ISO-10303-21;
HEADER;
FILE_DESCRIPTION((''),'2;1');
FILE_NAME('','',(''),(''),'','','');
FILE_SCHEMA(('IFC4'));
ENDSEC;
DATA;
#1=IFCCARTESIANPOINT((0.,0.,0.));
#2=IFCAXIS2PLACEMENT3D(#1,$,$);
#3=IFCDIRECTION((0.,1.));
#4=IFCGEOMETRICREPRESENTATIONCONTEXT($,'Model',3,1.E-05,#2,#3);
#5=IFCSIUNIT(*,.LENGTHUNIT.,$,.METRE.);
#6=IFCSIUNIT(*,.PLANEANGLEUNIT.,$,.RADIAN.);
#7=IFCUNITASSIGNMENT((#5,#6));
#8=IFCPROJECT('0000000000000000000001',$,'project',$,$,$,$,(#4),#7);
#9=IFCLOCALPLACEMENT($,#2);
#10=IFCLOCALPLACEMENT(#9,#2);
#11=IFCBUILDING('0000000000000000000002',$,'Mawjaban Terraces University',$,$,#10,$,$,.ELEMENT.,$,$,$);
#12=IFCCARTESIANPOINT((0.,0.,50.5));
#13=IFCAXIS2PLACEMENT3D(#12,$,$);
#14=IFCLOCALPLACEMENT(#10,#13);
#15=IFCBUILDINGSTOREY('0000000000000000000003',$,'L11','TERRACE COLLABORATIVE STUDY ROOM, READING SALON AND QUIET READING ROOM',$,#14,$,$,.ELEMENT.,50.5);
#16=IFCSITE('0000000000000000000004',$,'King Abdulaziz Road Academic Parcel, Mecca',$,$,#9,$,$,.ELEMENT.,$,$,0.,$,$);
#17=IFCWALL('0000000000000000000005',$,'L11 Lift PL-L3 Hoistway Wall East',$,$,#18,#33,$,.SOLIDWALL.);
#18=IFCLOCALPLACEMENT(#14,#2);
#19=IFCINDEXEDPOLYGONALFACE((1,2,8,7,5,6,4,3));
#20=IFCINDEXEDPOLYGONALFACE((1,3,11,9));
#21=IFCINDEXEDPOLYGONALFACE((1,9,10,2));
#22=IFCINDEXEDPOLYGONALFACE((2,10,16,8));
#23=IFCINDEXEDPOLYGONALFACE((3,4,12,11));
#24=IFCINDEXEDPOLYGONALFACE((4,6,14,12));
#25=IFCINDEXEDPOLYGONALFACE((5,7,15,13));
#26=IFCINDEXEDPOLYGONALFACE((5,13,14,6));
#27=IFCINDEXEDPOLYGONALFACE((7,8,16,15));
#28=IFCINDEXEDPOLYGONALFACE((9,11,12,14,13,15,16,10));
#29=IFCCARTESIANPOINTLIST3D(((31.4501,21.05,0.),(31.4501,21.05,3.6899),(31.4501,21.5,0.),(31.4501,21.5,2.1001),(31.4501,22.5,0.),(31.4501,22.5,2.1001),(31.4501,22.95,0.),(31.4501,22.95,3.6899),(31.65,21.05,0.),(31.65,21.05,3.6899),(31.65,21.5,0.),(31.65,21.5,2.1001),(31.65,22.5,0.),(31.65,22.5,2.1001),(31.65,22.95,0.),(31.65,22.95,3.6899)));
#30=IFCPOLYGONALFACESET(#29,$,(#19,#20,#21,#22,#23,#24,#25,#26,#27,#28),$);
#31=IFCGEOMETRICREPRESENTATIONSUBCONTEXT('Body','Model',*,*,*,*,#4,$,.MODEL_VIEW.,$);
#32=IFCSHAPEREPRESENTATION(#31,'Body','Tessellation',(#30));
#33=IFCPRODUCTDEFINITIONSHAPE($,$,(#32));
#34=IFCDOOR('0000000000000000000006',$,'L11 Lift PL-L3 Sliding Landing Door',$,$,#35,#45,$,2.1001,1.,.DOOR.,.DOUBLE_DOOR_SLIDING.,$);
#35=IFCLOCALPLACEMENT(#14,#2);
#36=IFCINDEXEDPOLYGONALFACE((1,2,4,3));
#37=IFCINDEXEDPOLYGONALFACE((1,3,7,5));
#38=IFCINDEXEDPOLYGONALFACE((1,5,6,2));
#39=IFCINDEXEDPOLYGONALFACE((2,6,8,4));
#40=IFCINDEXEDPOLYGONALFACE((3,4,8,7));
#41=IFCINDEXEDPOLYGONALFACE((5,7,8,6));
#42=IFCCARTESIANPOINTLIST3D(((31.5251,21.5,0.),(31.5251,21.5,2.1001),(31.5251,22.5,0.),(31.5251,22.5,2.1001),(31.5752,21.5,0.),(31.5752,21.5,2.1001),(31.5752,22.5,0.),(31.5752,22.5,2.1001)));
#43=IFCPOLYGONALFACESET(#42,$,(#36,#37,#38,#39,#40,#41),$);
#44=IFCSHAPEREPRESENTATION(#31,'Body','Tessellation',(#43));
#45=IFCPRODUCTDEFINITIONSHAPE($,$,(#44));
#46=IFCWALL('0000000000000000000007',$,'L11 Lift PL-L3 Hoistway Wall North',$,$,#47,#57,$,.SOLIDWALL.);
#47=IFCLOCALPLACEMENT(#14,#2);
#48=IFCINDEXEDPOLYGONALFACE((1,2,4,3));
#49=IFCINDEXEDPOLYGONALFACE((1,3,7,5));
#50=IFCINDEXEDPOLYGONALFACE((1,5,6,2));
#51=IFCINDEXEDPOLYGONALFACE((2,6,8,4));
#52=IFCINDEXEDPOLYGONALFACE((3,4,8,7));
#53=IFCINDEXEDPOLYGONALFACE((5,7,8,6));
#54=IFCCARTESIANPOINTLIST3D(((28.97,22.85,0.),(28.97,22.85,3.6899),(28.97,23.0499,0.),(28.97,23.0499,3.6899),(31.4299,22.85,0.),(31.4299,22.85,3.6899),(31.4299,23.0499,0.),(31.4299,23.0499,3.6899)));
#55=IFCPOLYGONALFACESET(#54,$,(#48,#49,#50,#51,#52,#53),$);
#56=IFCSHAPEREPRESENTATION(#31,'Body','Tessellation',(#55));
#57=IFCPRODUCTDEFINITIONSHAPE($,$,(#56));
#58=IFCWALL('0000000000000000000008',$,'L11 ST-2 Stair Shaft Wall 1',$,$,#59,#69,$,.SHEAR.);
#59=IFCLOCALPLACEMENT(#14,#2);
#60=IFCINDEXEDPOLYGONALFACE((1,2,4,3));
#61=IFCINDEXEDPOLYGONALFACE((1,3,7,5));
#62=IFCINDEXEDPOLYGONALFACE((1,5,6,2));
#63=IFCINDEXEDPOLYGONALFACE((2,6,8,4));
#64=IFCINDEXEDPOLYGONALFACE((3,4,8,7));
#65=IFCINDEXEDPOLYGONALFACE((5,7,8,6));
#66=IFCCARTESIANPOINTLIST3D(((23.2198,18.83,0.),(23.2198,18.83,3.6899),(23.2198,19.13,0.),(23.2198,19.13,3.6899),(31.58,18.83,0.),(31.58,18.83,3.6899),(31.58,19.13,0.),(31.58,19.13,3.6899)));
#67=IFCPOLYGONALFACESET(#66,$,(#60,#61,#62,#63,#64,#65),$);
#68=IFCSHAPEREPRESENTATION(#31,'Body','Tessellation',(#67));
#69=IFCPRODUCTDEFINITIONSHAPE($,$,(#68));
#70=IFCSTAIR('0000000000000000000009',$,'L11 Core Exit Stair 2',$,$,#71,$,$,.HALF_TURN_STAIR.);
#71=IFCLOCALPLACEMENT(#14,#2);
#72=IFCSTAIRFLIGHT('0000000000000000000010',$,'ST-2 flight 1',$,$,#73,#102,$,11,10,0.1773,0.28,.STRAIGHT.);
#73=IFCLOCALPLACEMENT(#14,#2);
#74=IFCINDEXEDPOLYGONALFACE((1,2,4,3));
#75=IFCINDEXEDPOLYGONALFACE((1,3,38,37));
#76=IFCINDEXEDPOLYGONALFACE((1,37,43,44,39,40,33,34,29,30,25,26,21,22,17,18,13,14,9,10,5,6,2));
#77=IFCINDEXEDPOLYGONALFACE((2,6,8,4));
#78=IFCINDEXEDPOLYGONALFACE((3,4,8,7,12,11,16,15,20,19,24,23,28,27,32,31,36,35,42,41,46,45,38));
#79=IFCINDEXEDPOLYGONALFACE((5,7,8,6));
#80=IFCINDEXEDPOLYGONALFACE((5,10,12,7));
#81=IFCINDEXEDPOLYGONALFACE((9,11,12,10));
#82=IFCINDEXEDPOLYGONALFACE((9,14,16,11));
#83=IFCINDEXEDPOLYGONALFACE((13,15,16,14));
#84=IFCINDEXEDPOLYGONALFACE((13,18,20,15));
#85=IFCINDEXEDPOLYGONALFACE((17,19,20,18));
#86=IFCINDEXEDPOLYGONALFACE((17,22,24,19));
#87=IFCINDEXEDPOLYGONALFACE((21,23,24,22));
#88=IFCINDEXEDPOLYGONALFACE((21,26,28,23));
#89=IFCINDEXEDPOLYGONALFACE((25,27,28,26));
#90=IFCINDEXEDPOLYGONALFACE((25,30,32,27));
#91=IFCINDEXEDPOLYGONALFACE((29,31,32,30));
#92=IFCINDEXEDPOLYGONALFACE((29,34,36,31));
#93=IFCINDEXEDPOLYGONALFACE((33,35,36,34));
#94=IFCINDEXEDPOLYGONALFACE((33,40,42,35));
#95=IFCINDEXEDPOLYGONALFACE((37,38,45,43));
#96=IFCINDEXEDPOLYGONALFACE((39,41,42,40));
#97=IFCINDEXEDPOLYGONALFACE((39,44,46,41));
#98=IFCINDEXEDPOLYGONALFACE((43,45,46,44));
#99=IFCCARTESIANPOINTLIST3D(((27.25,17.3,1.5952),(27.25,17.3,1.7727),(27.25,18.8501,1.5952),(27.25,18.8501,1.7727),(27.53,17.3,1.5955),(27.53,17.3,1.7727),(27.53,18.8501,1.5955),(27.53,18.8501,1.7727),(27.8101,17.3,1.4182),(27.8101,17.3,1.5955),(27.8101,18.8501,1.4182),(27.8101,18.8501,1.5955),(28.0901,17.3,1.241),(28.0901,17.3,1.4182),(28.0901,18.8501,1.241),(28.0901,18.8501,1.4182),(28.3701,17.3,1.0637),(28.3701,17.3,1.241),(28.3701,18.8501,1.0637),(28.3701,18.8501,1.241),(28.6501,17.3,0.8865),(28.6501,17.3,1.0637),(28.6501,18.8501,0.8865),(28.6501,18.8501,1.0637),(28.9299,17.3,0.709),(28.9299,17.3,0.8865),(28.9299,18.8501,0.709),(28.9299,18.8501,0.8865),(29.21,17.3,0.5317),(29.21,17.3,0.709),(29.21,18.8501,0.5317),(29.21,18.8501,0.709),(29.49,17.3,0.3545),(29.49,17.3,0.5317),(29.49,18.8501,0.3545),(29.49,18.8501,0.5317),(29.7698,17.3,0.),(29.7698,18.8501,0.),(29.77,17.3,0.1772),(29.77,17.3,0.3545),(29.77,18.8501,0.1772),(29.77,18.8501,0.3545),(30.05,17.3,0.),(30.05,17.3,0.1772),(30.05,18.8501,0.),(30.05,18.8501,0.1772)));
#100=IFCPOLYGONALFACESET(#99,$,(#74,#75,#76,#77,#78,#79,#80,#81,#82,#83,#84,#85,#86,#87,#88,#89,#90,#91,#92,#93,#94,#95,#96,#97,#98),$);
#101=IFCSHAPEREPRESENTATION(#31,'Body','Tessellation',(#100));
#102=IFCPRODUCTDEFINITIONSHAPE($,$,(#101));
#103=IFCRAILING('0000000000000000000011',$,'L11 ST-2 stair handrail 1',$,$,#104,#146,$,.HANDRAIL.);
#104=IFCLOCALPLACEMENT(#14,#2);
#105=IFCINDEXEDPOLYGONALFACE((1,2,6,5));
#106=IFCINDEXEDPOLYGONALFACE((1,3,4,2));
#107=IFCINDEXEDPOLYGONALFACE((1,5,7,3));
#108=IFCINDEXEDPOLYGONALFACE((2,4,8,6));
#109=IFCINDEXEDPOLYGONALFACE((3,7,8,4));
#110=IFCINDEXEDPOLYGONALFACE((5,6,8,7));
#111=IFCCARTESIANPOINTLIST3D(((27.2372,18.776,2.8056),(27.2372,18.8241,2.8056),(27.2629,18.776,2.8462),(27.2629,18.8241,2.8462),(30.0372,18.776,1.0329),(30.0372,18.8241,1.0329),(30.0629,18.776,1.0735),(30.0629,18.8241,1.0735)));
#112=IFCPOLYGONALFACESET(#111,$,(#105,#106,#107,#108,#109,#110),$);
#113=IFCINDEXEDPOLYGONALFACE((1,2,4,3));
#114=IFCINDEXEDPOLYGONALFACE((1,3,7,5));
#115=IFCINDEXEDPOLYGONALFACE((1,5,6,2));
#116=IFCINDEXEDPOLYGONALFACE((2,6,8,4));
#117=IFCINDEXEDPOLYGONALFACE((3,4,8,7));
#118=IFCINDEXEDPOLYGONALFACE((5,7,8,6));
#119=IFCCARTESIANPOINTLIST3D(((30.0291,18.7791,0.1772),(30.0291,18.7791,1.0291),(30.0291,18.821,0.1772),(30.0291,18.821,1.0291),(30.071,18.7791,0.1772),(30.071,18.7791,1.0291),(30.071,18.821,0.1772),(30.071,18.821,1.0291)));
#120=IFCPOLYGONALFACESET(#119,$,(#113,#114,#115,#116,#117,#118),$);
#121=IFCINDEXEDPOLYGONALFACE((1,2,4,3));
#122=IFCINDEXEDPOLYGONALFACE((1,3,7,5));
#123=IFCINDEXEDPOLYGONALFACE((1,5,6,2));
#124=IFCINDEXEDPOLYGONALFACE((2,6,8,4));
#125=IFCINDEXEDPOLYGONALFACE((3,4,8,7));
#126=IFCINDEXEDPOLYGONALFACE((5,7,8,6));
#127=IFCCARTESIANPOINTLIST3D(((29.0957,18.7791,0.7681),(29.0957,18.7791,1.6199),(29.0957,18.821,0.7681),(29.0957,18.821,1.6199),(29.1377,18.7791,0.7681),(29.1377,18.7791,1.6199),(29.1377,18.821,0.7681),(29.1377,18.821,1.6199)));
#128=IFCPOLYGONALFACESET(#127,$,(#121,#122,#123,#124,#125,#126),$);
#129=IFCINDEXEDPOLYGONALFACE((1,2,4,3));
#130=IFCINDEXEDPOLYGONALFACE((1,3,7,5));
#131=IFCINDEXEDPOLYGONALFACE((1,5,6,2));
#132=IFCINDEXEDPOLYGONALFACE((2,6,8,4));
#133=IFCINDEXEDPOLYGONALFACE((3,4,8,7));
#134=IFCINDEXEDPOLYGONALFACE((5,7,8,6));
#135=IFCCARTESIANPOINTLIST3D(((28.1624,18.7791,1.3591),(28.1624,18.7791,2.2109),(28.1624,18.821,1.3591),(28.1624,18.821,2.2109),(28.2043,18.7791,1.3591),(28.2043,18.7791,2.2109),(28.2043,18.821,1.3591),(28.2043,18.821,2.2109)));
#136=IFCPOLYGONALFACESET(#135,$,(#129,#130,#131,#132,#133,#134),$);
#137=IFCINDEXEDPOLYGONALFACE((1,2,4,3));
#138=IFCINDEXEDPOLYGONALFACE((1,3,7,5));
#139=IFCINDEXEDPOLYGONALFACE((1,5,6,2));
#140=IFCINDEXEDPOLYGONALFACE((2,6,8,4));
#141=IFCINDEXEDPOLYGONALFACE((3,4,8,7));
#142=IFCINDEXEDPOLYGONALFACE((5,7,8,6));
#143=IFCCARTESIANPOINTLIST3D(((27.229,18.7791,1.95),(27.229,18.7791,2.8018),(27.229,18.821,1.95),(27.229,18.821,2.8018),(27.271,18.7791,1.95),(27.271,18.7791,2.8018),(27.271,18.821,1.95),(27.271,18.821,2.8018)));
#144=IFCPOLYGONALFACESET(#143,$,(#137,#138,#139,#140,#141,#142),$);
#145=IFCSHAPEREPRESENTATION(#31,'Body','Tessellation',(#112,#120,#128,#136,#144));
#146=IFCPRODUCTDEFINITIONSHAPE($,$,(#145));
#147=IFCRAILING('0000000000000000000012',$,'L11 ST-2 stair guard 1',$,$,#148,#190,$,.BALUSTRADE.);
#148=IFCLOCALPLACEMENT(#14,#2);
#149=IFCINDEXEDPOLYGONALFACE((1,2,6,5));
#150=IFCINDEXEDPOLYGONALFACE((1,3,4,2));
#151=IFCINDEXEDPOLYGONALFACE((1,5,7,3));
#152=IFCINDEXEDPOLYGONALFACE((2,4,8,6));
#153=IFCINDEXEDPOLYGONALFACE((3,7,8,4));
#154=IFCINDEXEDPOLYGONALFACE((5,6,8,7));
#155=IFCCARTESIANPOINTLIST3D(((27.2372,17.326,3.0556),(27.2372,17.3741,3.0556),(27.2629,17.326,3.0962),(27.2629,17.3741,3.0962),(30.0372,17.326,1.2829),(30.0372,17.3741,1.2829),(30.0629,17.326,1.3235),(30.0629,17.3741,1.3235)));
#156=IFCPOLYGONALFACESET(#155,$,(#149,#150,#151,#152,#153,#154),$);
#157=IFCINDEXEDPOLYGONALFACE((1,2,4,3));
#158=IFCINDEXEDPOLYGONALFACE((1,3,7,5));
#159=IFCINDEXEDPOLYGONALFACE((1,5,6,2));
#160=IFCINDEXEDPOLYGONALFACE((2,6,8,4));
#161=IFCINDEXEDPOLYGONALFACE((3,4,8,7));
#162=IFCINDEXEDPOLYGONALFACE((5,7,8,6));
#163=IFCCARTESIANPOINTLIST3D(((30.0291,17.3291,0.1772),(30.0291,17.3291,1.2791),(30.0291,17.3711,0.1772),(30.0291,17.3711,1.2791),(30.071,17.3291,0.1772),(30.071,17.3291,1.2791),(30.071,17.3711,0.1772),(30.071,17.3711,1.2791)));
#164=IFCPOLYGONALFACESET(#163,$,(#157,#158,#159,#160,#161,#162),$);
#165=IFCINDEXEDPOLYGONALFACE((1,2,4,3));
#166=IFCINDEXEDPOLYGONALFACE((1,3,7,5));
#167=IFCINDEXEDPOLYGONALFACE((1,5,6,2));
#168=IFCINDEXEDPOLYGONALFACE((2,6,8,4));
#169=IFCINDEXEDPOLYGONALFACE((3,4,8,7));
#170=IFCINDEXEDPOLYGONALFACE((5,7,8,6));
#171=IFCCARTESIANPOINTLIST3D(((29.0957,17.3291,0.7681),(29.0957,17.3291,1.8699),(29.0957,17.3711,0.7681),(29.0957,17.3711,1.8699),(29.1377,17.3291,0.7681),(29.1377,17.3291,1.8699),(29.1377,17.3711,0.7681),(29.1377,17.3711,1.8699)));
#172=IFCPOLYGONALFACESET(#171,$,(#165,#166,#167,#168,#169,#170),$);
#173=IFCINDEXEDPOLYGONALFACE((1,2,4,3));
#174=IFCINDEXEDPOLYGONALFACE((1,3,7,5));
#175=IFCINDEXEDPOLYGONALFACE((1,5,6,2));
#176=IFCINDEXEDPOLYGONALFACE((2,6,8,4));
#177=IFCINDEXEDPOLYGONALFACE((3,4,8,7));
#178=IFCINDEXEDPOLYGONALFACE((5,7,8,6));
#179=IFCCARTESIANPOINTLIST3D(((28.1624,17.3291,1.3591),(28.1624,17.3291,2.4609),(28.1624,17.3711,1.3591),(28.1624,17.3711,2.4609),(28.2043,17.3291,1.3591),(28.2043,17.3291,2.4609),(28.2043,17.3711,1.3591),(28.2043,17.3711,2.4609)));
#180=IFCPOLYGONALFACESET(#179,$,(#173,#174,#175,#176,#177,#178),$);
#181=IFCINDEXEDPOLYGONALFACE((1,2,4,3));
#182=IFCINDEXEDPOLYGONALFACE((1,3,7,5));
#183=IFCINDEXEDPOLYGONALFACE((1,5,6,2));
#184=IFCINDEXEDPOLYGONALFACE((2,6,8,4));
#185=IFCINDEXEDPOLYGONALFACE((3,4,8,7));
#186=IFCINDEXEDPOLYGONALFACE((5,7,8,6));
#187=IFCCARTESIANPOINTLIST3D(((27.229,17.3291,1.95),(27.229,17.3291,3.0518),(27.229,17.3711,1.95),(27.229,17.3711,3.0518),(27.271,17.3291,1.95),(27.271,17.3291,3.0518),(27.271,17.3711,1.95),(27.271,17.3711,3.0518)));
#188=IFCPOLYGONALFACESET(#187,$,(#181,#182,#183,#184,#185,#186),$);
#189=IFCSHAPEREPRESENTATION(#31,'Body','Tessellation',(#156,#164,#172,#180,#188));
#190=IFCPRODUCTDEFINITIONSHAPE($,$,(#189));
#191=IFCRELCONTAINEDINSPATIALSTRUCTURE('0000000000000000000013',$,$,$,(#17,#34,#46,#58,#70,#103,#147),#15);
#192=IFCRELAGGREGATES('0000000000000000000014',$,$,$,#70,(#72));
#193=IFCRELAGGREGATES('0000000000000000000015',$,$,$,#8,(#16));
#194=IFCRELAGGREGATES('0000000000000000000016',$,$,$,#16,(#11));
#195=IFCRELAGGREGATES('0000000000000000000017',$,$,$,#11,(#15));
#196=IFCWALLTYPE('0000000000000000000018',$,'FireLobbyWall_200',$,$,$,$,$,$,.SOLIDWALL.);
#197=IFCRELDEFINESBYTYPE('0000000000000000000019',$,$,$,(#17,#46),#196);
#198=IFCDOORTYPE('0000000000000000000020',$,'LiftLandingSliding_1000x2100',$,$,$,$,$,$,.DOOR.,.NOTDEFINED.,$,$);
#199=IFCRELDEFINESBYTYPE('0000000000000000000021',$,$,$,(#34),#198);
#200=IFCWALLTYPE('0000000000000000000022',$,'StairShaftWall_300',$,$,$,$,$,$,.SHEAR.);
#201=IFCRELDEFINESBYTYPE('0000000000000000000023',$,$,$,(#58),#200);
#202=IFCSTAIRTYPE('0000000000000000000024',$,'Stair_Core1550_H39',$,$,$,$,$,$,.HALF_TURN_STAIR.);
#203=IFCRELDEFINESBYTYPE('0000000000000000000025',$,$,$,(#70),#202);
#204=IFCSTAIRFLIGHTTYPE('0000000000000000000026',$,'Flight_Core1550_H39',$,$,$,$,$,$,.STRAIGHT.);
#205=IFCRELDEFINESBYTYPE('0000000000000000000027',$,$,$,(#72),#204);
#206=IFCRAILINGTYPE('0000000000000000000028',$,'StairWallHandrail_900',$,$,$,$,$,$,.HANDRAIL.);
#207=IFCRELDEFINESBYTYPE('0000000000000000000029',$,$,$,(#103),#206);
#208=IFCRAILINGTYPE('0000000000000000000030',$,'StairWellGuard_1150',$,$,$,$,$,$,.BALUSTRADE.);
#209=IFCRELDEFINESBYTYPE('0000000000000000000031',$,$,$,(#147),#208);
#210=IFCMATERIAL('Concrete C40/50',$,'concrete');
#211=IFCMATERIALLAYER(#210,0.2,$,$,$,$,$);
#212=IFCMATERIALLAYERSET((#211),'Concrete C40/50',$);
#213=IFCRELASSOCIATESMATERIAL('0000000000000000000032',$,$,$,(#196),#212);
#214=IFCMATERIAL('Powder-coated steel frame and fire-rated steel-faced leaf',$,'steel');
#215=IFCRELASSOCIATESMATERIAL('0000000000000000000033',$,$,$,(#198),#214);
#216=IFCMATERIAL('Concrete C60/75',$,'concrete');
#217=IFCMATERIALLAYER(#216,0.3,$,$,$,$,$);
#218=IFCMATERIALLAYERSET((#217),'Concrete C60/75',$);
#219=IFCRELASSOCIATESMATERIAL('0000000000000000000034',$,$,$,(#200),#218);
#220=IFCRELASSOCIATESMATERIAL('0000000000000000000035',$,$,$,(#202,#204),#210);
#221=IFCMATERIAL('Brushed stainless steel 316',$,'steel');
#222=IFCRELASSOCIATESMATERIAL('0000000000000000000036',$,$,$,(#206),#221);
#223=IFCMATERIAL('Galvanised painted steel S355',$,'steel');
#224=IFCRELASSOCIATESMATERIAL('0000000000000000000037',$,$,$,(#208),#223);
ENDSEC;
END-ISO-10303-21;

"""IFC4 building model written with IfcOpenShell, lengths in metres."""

from ifc_helpers import new_model, si_unit, direction, frame, frame_2d, origin, origin_2d, place, context, subcontext, project, spatial, polyline, rectangle, outline, extrude, material, layer, layer_set, type_object, element, fill, aggregate, save


model = new_model("IFC4")

# Units and contexts
model_context = context("Model", 3, precision=1e-05, world=origin(), true_north=direction((0.0, 1.0)))
body_context = subcontext(model_context, "Body", "Model", "MODEL_VIEW")
ifc_project = project(units=[si_unit("LENGTHUNIT", "METRE"), si_unit("PLANEANGLEUNIT", "RADIAN")], contexts=[model_context])

# Site, building, storey
site_placement = place(None, origin())
site = spatial("IfcSite", under=ifc_project, at=site_placement, Name="King Abdulaziz Road Academic Parcel, Mecca", CompositionType="ELEMENT", RefElevation=0.0)
building_placement = place(site_placement, origin())
building = spatial("IfcBuilding", under=site, at=building_placement, Name="Mawjaban Terraces University", CompositionType="ELEMENT")
storey_placement = place(building_placement, frame((0.0, 0.0, 50.5)))
storey = spatial("IfcBuildingStorey", under=building, at=storey_placement, Name="L11", Description="TERRACE COLLABORATIVE STUDY ROOM, READING SALON AND QUIET READING ROOM", CompositionType="ELEMENT", Elevation=50.5)

# Shared definitions
ifc_material_1 = material(Name="Concrete C40/50", Category="concrete")
ifc_layer_1 = layer(ifc_material_1, 0.2)
ifc_layer_set_1 = layer_set([ifc_layer_1], Name="Concrete C40/50")
wall_type_1 = type_object("IfcWallType", Name="FireLobbyWall_200", PredefinedType="SOLIDWALL", material=ifc_layer_set_1)

# Shared definitions
ifc_material_2 = material(Name="Powder-coated steel frame and fire-rated steel-faced leaf", Category="steel")
door_type_1 = type_object("IfcDoorType", Name="LiftLandingSliding_1000x2100", OperationType="NOTDEFINED", PredefinedType="DOOR", material=ifc_material_2)

# Wall, opening, door
wall_1_placement = place(storey_placement, frame((31.55, 21.05, 0.0), z_axis=(0.0, 0.0, 1.0), x_axis=(0.0, 1.0, 0.0)))
wall_1 = element("IfcWall", 1, at=wall_1_placement, inside=storey, type_object=wall_type_1, Name="L11 Lift PL-L3 Hoistway Wall East", PredefinedType="SOLIDWALL", context=body_context, shape_type="SweptSolid", body=[
    extrude(rectangle(XDim=1.8999, YDim=0.2, at=frame_2d((0.95, 0.0))), origin(), (0.0, 0.0, 1.0), 3.6899),
])
opening_1_placement = place(wall_1_placement, frame((0.45, 0.0, 0.0)))
opening_1 = element("IfcOpeningElement", 2, at=opening_1_placement, cuts=wall_1, PredefinedType="OPENING", context=body_context, shape_type="SweptSolid", body=[
    extrude(rectangle(XDim=1.0, YDim=2.1001, at=frame_2d((0.5, 1.05))), frame((0.0, 0.1099, 0.0), z_axis=(0.0, -1.0, 0.0), x_axis=(1.0, 0.0, 0.0)), (0.0, 0.0, 1.0), 0.22),
])
door_1_placement = place(opening_1_placement, origin())
door_1 = element("IfcDoor", 3, at=door_1_placement, inside=storey, type_object=door_type_1, Name="L11 Lift PL-L3 Sliding Landing Door", OperationType="DOUBLE_DOOR_SLIDING", OverallHeight=2.1001, OverallWidth=1.0, PredefinedType="DOOR", context=body_context, shape_type="SweptSolid", body=[
    extrude(rectangle(XDim=1.0, YDim=2.1001, at=frame_2d((0.5, 1.05))), frame((0.0, 0.0249, 0.0), z_axis=(0.0, -1.0, 0.0), x_axis=(1.0, 0.0, 0.0)), (0.0, 0.0, 1.0), 0.05),
])
fill(opening_1, door_1)

# Walls
wall_2_placement = place(storey_placement, frame((31.4299, 22.95, 0.0), z_axis=(0.0, 0.0, 1.0), x_axis=(-1.0, 0.0, 0.0)))
element("IfcWall", 4, at=wall_2_placement, inside=storey, type_object=wall_type_1, Name="L11 Lift PL-L3 Hoistway Wall North", PredefinedType="SOLIDWALL", context=body_context, shape_type="SweptSolid", body=[
    extrude(rectangle(XDim=2.46, YDim=0.2, at=frame_2d((1.23, 0.0))), origin(), (0.0, 0.0, 1.0), 3.6899),
])
ifc_material_3 = material(Name="Concrete C60/75", Category="concrete")
ifc_layer_2 = layer(ifc_material_3, 0.3)
ifc_layer_set_2 = layer_set([ifc_layer_2], Name="Concrete C60/75")
wall_type_2 = type_object("IfcWallType", Name="StairShaftWall_300", PredefinedType="SHEAR", material=ifc_layer_set_2)
wall_3_placement = place(storey_placement, frame((31.5801, 18.98, 0.0), z_axis=(0.0, 0.0, 1.0), x_axis=(-1.0, 0.0, 0.0)))
element("IfcWall", 5, at=wall_3_placement, inside=storey, type_object=wall_type_2, Name="L11 ST-2 Stair Shaft Wall 1", PredefinedType="SHEAR", context=body_context, shape_type="SweptSolid", body=[
    extrude(rectangle(XDim=8.3601, YDim=0.3, at=frame_2d((4.1802, 0.0))), origin(), (0.0, 0.0, 1.0), 3.6899),
])

# Stair, stair flight
stair_type = type_object("IfcStairType", Name="Stair_Core1550_H39", PredefinedType="HALF_TURN_STAIR", material=ifc_material_1)
stair_placement = place(storey_placement, origin())
stair = element("IfcStair", 6, at=stair_placement, inside=storey, type_object=stair_type, Name="L11 Core Exit Stair 2", PredefinedType="HALF_TURN_STAIR")
stair_flight_type = type_object("IfcStairFlightType", Name="Flight_Core1550_H39", PredefinedType="STRAIGHT", material=ifc_material_1)
stair_flight_placement = place(storey_placement, frame((30.05, 18.075, 0.0), z_axis=(0.0, 0.0, 1.0), x_axis=(-1.0, 0.0, 0.0)))
stair_flight = element("IfcStairFlight", 7, at=stair_flight_placement, type_object=stair_flight_type, Name="ST-2 flight 1", NumberOfRisers=11, NumberOfTreads=10, PredefinedType="STRAIGHT", RiserHeight=0.1773, TreadLength=0.28, context=body_context, shape_type="SweptSolid", body=[
    extrude(outline(polyline([(0.0, 0.0), (0.0, 0.1772), (0.28, 0.1772), (0.28, 0.3545), (0.5601, 0.3545), (0.5601, 0.5317), (0.8401, 0.5317), (0.8401, 0.709), (1.1201, 0.709), (1.1201, 0.8865), (1.3999, 0.8865), (1.3999, 1.0637), (1.6799, 1.0637), (1.6799, 1.241), (1.96, 1.241), (1.96, 1.4182), (2.24, 1.4182), (2.24, 1.5955), (2.52, 1.5955), (2.52, 1.7727), (2.8, 1.7727), (2.8, 1.95), (2.8, 1.5952), (0.2803, 0.0), (0.0, 0.0)])), frame((0.0, 0.7749, 0.0), z_axis=(0.0, -1.0, 0.0), x_axis=(1.0, 0.0, 0.0)), (0.0, 0.0, 1.0), 1.55),
])
aggregate(stair, [stair_flight])

# Railings
ifc_material_4 = material(Name="Brushed stainless steel 316", Category="steel")
railing_type_1 = type_object("IfcRailingType", Name="StairWallHandrail_900", PredefinedType="HANDRAIL", material=ifc_material_4)
railing_1_placement = place(storey_placement, frame((30.05, 18.8, 0.1772)))
element("IfcRailing", 8, at=railing_1_placement, inside=storey, type_object=railing_type_1, Name="L11 ST-2 stair handrail 1", PredefinedType="HANDRAIL", context=body_context, shape_type="SweptSolid", body=[
    extrude(rectangle(XDim=0.0481, YDim=0.0481, at=origin_2d()), frame((0.0, 0.0, 0.876), z_axis=(-0.844909, 0.0, 0.53491), x_axis=(0.0, -1.0, 0.0)), (0.0, 0.0, 1.0), 3.314),
    extrude(rectangle(XDim=0.042, YDim=0.042, at=origin_2d()), origin(), (0.0, 0.0, 1.0), 0.8518),
    extrude(rectangle(XDim=0.042, YDim=0.042, at=origin_2d()), frame((-0.9333, 0.0, 0.5908)), (0.0, 0.0, 1.0), 0.8518),
    extrude(rectangle(XDim=0.042, YDim=0.042, at=origin_2d()), frame((-1.8667, 0.0, 1.1819)), (0.0, 0.0, 1.0), 0.8518),
    extrude(rectangle(XDim=0.042, YDim=0.042, at=origin_2d()), frame((-2.8, 0.0, 1.7727)), (0.0, 0.0, 1.0), 0.8518),
])
ifc_material_5 = material(Name="Galvanised painted steel S355", Category="steel")
railing_type_2 = type_object("IfcRailingType", Name="StairWellGuard_1150", PredefinedType="BALUSTRADE", material=ifc_material_5)
railing_2_placement = place(storey_placement, frame((30.05, 17.3501, 0.1772)))
element("IfcRailing", 9, at=railing_2_placement, inside=storey, type_object=railing_type_2, Name="L11 ST-2 stair guard 1", PredefinedType="BALUSTRADE", context=body_context, shape_type="SweptSolid", body=[
    extrude(rectangle(XDim=0.0481, YDim=0.0481, at=origin_2d()), frame((0.0, 0.0, 1.126), z_axis=(-0.844909, 0.0, 0.53491), x_axis=(0.0, -1.0, 0.0)), (0.0, 0.0, 1.0), 3.314),
    extrude(rectangle(XDim=0.042, YDim=0.042, at=origin_2d()), origin(), (0.0, 0.0, 1.0), 1.1018),
    extrude(rectangle(XDim=0.042, YDim=0.042, at=origin_2d()), frame((-0.9333, 0.0, 0.5908)), (0.0, 0.0, 1.0), 1.1018),
    extrude(rectangle(XDim=0.042, YDim=0.042, at=origin_2d()), frame((-1.8667, 0.0, 1.1819)), (0.0, 0.0, 1.0), 1.1018),
    extrude(rectangle(XDim=0.042, YDim=0.042, at=origin_2d()), frame((-2.8, 0.0, 1.7727)), (0.0, 0.0, 1.0), 1.1018),
])

save(model, "model.ifc")
